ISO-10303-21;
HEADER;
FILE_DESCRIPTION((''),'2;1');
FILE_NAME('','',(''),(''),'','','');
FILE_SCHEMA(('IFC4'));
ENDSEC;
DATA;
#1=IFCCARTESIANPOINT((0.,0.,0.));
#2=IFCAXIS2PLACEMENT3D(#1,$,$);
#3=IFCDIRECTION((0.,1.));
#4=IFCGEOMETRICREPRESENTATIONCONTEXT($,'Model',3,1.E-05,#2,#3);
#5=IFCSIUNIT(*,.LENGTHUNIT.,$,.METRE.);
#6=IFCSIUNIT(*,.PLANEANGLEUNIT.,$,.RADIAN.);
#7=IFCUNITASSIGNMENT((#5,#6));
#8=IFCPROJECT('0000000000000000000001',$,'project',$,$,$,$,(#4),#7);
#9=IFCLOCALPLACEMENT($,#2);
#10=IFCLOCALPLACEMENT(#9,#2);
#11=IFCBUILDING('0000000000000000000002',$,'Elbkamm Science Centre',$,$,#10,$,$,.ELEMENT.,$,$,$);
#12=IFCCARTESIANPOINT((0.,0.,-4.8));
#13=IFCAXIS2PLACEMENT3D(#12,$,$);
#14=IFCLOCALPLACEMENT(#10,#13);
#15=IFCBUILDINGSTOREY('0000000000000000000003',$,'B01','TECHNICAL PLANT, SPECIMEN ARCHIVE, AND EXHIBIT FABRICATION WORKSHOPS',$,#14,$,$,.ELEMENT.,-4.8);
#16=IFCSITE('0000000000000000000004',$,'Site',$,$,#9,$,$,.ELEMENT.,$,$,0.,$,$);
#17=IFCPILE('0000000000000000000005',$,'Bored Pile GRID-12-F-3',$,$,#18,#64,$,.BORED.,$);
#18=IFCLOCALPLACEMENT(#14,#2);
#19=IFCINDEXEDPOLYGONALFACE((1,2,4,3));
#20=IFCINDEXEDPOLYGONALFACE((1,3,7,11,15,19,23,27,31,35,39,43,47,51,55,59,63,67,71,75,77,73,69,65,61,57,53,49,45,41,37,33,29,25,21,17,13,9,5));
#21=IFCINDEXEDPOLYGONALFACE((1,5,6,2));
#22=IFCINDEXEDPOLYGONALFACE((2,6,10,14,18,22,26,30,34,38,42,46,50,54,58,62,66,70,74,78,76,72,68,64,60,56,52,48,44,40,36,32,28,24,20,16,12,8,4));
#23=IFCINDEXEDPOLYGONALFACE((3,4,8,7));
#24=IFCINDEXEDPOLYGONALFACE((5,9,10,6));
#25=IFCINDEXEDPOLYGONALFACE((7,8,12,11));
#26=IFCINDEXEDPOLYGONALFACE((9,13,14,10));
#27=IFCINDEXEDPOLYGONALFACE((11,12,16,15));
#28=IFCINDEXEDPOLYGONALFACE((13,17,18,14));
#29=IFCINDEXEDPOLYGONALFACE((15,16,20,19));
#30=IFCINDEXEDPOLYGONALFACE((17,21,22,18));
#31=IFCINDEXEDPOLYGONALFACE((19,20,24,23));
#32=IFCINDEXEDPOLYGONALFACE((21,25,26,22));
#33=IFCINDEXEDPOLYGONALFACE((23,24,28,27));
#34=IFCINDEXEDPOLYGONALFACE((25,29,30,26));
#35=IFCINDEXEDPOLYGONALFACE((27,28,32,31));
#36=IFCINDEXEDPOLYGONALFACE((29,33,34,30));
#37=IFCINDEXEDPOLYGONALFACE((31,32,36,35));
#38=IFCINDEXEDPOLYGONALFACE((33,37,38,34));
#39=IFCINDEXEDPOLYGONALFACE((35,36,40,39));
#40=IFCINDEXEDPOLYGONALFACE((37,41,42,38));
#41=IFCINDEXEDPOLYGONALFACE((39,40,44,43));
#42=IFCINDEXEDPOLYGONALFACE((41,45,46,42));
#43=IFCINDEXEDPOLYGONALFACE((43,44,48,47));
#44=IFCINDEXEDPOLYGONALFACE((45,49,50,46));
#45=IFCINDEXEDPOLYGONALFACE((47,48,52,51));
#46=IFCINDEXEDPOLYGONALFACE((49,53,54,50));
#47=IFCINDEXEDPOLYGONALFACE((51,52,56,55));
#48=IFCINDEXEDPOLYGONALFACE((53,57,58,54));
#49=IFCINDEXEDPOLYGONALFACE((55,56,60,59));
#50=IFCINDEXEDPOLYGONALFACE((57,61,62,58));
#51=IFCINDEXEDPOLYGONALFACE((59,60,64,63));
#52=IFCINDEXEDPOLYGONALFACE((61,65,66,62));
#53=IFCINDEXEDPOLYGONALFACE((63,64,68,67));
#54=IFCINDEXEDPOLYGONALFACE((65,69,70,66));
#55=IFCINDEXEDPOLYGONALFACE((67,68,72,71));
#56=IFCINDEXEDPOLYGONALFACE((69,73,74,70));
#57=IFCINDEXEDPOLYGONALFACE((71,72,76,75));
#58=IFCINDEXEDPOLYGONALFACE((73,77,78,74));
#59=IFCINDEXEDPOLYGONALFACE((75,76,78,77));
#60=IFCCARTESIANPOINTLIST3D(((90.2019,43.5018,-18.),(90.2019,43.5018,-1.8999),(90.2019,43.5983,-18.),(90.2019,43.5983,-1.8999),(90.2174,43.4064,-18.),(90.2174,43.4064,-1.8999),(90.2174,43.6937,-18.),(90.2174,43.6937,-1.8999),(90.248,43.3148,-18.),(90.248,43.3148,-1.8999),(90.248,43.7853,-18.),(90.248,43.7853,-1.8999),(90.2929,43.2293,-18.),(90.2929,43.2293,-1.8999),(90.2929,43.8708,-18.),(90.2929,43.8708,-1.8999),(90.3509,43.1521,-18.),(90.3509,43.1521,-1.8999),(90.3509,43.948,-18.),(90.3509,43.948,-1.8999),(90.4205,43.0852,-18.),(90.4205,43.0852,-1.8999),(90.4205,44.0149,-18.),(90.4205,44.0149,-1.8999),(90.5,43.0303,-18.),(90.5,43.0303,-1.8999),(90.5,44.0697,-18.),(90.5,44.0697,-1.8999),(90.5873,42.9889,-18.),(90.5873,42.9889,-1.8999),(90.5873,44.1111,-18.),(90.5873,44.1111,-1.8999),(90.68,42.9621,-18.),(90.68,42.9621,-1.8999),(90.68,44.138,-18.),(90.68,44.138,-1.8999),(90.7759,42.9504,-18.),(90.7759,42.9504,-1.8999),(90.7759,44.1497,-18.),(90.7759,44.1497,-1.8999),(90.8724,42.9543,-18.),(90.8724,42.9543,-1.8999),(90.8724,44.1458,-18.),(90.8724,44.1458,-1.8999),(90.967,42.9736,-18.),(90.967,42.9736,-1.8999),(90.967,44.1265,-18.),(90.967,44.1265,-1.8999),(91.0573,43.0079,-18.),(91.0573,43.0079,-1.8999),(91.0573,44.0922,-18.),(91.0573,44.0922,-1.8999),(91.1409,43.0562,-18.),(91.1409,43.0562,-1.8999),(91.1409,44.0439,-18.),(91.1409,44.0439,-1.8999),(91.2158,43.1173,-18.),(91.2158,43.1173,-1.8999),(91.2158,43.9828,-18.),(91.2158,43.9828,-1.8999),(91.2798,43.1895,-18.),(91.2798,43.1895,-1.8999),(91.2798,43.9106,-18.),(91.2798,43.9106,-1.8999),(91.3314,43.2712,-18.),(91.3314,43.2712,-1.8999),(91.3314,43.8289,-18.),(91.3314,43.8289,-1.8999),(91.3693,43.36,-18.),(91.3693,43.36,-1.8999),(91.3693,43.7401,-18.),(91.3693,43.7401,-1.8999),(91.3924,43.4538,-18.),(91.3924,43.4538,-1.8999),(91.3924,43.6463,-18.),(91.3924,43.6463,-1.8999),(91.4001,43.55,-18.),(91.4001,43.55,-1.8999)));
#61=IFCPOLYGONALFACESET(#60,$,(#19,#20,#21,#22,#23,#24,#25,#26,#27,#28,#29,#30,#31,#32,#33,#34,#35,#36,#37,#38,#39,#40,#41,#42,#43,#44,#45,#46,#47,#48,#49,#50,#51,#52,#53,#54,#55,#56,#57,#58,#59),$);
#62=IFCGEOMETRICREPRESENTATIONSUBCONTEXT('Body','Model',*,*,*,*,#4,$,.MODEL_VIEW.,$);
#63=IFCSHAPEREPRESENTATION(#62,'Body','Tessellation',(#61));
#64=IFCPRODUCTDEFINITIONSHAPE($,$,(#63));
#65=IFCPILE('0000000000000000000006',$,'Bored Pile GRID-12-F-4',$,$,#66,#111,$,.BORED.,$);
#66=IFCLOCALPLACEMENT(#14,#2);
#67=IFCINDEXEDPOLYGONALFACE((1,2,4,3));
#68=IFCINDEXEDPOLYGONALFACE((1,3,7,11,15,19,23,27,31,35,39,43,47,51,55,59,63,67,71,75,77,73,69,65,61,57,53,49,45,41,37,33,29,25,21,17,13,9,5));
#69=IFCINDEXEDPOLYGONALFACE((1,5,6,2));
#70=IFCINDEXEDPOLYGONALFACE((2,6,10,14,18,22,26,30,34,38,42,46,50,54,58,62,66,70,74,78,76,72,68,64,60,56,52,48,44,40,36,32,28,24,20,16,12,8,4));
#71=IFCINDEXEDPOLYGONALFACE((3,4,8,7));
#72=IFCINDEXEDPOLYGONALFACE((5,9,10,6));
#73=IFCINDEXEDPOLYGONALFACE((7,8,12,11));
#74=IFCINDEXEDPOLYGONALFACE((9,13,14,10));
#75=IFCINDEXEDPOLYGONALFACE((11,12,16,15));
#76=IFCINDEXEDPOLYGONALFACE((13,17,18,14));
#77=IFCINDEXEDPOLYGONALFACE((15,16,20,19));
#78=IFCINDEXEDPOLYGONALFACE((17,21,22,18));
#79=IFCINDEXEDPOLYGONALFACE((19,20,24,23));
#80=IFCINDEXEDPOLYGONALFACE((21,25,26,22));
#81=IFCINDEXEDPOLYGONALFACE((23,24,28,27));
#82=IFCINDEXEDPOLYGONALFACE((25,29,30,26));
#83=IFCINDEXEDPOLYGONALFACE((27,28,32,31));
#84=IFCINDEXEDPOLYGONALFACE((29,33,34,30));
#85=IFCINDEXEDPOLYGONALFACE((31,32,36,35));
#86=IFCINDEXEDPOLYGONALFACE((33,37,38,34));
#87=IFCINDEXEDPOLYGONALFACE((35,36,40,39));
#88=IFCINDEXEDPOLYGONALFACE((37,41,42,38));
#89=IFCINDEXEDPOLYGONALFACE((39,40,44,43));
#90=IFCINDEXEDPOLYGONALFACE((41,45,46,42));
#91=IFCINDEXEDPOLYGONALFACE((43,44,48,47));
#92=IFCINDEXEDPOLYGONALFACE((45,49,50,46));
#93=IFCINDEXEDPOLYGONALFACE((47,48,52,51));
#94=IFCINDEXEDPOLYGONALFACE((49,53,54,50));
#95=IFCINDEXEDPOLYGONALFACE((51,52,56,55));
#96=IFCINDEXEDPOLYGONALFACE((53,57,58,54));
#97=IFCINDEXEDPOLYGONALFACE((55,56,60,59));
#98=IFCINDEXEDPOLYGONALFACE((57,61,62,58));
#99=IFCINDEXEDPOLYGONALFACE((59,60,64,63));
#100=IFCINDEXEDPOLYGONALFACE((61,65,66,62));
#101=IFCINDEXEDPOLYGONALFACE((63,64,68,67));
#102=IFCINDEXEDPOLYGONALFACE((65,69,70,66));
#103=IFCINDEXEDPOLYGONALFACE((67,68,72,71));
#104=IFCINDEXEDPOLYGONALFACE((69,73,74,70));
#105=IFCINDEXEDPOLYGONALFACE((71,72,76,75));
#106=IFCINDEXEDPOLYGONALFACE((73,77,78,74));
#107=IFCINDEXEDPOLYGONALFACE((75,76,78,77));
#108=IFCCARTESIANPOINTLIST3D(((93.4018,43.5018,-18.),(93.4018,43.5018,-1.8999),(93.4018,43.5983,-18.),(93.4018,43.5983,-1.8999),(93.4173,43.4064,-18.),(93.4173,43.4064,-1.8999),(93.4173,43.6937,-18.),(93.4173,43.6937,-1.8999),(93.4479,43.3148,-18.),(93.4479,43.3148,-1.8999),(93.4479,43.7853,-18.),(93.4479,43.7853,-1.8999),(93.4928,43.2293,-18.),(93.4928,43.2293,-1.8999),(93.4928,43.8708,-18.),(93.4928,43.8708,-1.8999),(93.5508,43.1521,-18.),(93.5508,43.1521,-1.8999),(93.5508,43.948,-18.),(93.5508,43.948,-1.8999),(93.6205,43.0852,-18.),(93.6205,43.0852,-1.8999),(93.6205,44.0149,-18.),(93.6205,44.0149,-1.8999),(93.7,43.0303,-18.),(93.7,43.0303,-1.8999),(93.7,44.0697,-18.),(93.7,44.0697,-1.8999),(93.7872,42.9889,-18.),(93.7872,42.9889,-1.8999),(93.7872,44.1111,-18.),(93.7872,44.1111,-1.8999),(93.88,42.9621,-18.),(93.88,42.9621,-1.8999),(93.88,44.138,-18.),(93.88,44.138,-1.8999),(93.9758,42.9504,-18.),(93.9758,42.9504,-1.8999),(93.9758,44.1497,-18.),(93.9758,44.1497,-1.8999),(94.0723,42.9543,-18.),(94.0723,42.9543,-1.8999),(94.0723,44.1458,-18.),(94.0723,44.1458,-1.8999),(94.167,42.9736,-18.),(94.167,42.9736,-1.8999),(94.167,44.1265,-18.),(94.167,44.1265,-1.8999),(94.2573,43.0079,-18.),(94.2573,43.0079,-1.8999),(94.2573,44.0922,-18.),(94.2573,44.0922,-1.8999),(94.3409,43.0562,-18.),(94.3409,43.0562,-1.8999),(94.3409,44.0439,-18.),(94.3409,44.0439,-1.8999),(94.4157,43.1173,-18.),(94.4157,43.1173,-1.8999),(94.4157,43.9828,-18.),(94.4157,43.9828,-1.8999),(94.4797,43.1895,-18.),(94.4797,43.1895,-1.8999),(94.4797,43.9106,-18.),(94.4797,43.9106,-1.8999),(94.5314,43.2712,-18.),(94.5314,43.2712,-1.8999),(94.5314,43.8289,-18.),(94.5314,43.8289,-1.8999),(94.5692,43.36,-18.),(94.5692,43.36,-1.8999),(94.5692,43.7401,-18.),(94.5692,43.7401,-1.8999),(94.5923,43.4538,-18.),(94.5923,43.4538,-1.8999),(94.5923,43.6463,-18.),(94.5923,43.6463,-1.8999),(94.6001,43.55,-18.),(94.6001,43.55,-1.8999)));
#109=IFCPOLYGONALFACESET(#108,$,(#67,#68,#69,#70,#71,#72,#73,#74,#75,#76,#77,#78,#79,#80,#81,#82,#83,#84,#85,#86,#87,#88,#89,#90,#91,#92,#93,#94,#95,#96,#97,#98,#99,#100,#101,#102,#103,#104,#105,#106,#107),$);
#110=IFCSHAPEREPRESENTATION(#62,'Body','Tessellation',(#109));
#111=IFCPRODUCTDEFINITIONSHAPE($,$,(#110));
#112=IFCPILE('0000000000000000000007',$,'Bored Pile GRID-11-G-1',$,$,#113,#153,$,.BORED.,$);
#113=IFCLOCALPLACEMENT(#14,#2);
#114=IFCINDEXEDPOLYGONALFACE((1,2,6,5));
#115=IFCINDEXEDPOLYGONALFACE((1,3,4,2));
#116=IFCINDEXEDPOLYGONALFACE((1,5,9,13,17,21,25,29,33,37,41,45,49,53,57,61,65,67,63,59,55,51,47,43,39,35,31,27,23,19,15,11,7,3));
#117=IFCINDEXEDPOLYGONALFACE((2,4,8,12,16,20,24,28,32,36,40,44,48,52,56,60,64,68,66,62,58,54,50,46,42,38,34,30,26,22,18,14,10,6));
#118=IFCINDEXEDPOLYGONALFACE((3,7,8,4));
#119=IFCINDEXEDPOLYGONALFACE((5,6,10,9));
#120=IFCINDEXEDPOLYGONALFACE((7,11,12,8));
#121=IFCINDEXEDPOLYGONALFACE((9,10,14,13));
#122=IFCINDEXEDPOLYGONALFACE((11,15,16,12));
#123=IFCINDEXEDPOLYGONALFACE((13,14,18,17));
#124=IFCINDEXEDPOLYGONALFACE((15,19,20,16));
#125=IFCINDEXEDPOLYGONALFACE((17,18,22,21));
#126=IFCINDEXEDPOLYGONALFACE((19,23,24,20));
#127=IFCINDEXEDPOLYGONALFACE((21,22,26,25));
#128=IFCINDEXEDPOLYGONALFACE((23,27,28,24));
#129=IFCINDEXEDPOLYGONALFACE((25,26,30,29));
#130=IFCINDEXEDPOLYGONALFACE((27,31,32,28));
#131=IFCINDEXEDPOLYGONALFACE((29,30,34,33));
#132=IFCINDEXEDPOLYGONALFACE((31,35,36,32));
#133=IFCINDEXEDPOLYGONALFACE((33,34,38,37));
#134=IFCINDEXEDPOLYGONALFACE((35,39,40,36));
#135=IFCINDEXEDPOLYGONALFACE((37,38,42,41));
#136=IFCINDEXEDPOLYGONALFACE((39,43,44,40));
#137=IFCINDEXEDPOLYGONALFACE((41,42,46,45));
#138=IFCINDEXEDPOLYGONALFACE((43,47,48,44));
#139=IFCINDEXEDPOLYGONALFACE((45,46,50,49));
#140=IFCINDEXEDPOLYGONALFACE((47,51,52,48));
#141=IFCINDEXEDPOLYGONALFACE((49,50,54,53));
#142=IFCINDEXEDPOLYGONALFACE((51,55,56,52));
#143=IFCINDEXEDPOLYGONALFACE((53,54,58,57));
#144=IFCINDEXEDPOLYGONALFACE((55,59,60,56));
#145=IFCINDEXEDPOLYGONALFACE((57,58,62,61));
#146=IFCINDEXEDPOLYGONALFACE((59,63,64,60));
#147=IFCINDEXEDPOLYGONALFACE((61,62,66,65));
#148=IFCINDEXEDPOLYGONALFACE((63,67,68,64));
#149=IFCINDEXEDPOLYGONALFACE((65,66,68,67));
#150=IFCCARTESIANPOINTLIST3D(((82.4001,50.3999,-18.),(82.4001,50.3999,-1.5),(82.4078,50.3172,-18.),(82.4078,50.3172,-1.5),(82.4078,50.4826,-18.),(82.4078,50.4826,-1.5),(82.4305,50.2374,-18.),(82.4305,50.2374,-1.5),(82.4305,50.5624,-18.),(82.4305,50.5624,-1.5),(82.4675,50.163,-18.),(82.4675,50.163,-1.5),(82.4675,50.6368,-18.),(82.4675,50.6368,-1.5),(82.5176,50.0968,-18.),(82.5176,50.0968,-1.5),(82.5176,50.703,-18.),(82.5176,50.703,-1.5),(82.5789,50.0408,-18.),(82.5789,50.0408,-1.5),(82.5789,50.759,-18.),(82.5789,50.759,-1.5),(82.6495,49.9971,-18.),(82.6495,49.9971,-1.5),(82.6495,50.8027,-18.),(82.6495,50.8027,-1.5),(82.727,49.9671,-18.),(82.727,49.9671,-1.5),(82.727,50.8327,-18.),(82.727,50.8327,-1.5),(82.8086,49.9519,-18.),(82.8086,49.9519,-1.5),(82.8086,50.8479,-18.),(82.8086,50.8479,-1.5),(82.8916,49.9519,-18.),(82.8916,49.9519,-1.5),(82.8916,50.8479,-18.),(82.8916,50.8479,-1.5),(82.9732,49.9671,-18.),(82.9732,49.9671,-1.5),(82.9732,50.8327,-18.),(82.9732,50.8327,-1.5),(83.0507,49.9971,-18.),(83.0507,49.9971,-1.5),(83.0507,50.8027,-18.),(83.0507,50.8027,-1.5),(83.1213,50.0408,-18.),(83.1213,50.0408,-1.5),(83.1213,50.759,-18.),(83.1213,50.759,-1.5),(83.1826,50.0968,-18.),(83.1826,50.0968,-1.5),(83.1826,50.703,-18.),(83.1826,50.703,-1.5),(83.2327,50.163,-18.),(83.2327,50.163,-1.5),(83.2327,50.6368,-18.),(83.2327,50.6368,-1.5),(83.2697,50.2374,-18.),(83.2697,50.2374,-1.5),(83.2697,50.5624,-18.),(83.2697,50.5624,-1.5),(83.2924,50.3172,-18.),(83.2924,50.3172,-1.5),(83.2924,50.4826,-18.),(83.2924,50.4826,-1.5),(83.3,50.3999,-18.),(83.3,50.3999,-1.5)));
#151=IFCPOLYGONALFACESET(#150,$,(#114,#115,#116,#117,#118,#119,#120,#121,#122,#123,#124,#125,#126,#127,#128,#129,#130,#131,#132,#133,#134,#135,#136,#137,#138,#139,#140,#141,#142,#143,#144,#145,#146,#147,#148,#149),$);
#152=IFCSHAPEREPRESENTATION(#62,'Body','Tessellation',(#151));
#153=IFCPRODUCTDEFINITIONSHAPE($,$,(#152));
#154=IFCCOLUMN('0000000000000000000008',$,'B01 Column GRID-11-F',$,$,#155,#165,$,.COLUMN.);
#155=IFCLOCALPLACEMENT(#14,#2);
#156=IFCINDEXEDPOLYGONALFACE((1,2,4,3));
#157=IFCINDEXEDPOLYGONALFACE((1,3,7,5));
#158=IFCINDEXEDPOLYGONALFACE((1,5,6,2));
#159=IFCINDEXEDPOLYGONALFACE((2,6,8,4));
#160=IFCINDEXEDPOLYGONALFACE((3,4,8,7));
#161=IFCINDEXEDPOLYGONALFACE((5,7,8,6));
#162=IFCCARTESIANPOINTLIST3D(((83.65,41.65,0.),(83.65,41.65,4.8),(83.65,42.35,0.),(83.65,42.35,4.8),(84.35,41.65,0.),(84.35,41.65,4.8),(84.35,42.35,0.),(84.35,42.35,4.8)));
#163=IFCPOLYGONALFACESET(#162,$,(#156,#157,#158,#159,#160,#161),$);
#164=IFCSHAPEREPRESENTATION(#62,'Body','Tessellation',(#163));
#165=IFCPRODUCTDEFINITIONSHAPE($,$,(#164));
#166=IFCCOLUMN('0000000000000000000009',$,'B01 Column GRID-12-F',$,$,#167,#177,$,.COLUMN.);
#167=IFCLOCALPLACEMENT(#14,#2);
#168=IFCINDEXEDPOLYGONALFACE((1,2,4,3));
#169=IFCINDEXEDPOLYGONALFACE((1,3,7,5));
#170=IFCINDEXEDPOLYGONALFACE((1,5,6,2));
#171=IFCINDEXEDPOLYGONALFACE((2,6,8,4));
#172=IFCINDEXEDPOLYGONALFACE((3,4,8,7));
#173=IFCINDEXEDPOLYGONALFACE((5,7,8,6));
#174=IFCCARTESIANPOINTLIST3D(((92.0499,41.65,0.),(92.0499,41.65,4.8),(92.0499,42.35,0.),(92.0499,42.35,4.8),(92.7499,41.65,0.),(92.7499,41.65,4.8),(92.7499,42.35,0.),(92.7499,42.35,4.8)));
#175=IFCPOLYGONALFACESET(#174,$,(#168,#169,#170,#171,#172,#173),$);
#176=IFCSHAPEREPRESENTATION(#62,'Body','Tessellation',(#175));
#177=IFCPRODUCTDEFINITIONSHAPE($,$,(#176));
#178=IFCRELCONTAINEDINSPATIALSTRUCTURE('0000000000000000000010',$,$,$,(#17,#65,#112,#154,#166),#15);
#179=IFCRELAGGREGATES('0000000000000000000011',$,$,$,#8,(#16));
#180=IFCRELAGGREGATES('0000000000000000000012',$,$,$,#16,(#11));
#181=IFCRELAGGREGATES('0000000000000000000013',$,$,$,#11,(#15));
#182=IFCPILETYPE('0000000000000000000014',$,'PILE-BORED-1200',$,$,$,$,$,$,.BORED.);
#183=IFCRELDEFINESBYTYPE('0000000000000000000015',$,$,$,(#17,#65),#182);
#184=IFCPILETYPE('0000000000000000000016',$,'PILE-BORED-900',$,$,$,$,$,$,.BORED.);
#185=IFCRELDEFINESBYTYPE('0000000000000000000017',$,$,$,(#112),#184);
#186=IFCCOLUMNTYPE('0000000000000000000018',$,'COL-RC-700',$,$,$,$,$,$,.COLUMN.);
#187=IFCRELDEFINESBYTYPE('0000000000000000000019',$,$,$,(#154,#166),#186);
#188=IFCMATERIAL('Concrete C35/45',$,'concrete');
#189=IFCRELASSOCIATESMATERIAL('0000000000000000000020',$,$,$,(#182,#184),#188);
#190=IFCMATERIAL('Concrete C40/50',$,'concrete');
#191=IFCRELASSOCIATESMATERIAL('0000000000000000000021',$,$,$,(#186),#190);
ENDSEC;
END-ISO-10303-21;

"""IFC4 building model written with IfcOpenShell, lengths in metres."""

from ifc_helpers import new_model, si_unit, direction, frame, origin, origin_2d, place, context, subcontext, project, spatial, rectangle, circle, extrude, material, material_profile, profile_set, type_object, element, save


model = new_model("IFC4")

# Units and contexts
model_context = context("Model", 3, precision=1e-05, world=origin(), true_north=direction((0.0, 1.0)))
body_context = subcontext(model_context, "Body", "Model", "MODEL_VIEW")
ifc_project = project(units=[si_unit("LENGTHUNIT", "METRE"), si_unit("PLANEANGLEUNIT", "RADIAN")], contexts=[model_context])

# Site, building, storey
site_placement = place(None, origin())
site = spatial("IfcSite", under=ifc_project, at=site_placement, Name="Site", CompositionType="ELEMENT", RefElevation=0.0)
building_placement = place(site_placement, origin())
building = spatial("IfcBuilding", under=site, at=building_placement, Name="Elbkamm Science Centre", CompositionType="ELEMENT")
storey_placement = place(building_placement, frame((0.0, 0.0, -4.8)))
storey = spatial("IfcBuildingStorey", under=building, at=storey_placement, Name="B01", Description="TECHNICAL PLANT, SPECIMEN ARCHIVE, AND EXHIBIT FABRICATION WORKSHOPS", CompositionType="ELEMENT", Elevation=-4.8)

# Shared definitions
ifc_material_1 = material(Name="Concrete C35/45", Category="concrete")

# Piles
ifc_material_profile_1 = material_profile(ifc_material_1, circle(Radius=0.6001, at=origin_2d()), Name="PILE D1200")
ifc_profile_set_1 = profile_set([ifc_material_profile_1], Name="Concrete C35/45")
pile_type_1 = type_object("IfcPileType", Name="PILE-BORED-1200", PredefinedType="BORED", material=ifc_profile_set_1)
for number, where, z_axis, x_axis, name in (
    (1, (90.8, 43.55, -1.8999), (0.0, 0.0, -1.0), (1.0, 0.0, 0.0), "Bored Pile GRID-12-F-3"),
    (2, (94.0, 43.55, -1.8999), (0.0, 0.0, -1.0), (1.0, 0.0, 0.0), "Bored Pile GRID-12-F-4"),
):
    element("IfcPile", number, at=place(storey_placement, frame(where, z_axis=z_axis, x_axis=x_axis)), inside=storey, type_object=pile_type_1, Name=name, PredefinedType="BORED", context=body_context, shape_type="SweptSolid", body=[
        extrude(circle(Radius=0.6001, at=origin_2d()), origin(), (0.0, 0.0, 1.0), 16.1001),
    ])
ifc_material_profile_2 = material_profile(ifc_material_1, circle(Radius=0.45, at=origin_2d()), Name="PILE D900")
ifc_profile_set_2 = profile_set([ifc_material_profile_2], Name="Concrete C35/45")
pile_type_2 = type_object("IfcPileType", Name="PILE-BORED-900", PredefinedType="BORED", material=ifc_profile_set_2)
pile_placement = place(storey_placement, frame((82.8501, 50.3999, -1.5), z_axis=(0.0, 0.0, -1.0), x_axis=(1.0, 0.0, 0.0)))
element("IfcPile", 3, at=pile_placement, inside=storey, type_object=pile_type_2, Name="Bored Pile GRID-11-G-1", PredefinedType="BORED", context=body_context, shape_type="SweptSolid", body=[
    extrude(circle(Radius=0.45, at=origin_2d()), origin(), (0.0, 0.0, 1.0), 16.5),
])

# Columns
ifc_material_2 = material(Name="Concrete C40/50", Category="concrete")
ifc_material_profile_3 = material_profile(ifc_material_2, rectangle(XDim=0.7, YDim=0.7, at=origin_2d()), Name="RC 700x700")
ifc_profile_set_3 = profile_set([ifc_material_profile_3], Name="Concrete C40/50")
column_type = type_object("IfcColumnType", Name="COL-RC-700", PredefinedType="COLUMN", material=ifc_profile_set_3)
for number, where, z_axis, x_axis, name in (
    (4, (84.0, 42.0, 0.0), (0.0, 0.0, 1.0), (1.0, 0.0, 0.0), "B01 Column GRID-11-F"),
    (5, (92.3999, 42.0, 0.0), (0.0, 0.0, 1.0), (1.0, 0.0, 0.0), "B01 Column GRID-12-F"),
):
    element("IfcColumn", number, at=place(storey_placement, frame(where, z_axis=z_axis, x_axis=x_axis)), inside=storey, type_object=column_type, Name=name, PredefinedType="COLUMN", context=body_context, shape_type="SweptSolid", body=[
        extrude(rectangle(XDim=0.7, YDim=0.7, at=origin_2d()), origin(), (0.0, 0.0, 1.0), 4.8),
    ])

save(model, "model.ifc")
